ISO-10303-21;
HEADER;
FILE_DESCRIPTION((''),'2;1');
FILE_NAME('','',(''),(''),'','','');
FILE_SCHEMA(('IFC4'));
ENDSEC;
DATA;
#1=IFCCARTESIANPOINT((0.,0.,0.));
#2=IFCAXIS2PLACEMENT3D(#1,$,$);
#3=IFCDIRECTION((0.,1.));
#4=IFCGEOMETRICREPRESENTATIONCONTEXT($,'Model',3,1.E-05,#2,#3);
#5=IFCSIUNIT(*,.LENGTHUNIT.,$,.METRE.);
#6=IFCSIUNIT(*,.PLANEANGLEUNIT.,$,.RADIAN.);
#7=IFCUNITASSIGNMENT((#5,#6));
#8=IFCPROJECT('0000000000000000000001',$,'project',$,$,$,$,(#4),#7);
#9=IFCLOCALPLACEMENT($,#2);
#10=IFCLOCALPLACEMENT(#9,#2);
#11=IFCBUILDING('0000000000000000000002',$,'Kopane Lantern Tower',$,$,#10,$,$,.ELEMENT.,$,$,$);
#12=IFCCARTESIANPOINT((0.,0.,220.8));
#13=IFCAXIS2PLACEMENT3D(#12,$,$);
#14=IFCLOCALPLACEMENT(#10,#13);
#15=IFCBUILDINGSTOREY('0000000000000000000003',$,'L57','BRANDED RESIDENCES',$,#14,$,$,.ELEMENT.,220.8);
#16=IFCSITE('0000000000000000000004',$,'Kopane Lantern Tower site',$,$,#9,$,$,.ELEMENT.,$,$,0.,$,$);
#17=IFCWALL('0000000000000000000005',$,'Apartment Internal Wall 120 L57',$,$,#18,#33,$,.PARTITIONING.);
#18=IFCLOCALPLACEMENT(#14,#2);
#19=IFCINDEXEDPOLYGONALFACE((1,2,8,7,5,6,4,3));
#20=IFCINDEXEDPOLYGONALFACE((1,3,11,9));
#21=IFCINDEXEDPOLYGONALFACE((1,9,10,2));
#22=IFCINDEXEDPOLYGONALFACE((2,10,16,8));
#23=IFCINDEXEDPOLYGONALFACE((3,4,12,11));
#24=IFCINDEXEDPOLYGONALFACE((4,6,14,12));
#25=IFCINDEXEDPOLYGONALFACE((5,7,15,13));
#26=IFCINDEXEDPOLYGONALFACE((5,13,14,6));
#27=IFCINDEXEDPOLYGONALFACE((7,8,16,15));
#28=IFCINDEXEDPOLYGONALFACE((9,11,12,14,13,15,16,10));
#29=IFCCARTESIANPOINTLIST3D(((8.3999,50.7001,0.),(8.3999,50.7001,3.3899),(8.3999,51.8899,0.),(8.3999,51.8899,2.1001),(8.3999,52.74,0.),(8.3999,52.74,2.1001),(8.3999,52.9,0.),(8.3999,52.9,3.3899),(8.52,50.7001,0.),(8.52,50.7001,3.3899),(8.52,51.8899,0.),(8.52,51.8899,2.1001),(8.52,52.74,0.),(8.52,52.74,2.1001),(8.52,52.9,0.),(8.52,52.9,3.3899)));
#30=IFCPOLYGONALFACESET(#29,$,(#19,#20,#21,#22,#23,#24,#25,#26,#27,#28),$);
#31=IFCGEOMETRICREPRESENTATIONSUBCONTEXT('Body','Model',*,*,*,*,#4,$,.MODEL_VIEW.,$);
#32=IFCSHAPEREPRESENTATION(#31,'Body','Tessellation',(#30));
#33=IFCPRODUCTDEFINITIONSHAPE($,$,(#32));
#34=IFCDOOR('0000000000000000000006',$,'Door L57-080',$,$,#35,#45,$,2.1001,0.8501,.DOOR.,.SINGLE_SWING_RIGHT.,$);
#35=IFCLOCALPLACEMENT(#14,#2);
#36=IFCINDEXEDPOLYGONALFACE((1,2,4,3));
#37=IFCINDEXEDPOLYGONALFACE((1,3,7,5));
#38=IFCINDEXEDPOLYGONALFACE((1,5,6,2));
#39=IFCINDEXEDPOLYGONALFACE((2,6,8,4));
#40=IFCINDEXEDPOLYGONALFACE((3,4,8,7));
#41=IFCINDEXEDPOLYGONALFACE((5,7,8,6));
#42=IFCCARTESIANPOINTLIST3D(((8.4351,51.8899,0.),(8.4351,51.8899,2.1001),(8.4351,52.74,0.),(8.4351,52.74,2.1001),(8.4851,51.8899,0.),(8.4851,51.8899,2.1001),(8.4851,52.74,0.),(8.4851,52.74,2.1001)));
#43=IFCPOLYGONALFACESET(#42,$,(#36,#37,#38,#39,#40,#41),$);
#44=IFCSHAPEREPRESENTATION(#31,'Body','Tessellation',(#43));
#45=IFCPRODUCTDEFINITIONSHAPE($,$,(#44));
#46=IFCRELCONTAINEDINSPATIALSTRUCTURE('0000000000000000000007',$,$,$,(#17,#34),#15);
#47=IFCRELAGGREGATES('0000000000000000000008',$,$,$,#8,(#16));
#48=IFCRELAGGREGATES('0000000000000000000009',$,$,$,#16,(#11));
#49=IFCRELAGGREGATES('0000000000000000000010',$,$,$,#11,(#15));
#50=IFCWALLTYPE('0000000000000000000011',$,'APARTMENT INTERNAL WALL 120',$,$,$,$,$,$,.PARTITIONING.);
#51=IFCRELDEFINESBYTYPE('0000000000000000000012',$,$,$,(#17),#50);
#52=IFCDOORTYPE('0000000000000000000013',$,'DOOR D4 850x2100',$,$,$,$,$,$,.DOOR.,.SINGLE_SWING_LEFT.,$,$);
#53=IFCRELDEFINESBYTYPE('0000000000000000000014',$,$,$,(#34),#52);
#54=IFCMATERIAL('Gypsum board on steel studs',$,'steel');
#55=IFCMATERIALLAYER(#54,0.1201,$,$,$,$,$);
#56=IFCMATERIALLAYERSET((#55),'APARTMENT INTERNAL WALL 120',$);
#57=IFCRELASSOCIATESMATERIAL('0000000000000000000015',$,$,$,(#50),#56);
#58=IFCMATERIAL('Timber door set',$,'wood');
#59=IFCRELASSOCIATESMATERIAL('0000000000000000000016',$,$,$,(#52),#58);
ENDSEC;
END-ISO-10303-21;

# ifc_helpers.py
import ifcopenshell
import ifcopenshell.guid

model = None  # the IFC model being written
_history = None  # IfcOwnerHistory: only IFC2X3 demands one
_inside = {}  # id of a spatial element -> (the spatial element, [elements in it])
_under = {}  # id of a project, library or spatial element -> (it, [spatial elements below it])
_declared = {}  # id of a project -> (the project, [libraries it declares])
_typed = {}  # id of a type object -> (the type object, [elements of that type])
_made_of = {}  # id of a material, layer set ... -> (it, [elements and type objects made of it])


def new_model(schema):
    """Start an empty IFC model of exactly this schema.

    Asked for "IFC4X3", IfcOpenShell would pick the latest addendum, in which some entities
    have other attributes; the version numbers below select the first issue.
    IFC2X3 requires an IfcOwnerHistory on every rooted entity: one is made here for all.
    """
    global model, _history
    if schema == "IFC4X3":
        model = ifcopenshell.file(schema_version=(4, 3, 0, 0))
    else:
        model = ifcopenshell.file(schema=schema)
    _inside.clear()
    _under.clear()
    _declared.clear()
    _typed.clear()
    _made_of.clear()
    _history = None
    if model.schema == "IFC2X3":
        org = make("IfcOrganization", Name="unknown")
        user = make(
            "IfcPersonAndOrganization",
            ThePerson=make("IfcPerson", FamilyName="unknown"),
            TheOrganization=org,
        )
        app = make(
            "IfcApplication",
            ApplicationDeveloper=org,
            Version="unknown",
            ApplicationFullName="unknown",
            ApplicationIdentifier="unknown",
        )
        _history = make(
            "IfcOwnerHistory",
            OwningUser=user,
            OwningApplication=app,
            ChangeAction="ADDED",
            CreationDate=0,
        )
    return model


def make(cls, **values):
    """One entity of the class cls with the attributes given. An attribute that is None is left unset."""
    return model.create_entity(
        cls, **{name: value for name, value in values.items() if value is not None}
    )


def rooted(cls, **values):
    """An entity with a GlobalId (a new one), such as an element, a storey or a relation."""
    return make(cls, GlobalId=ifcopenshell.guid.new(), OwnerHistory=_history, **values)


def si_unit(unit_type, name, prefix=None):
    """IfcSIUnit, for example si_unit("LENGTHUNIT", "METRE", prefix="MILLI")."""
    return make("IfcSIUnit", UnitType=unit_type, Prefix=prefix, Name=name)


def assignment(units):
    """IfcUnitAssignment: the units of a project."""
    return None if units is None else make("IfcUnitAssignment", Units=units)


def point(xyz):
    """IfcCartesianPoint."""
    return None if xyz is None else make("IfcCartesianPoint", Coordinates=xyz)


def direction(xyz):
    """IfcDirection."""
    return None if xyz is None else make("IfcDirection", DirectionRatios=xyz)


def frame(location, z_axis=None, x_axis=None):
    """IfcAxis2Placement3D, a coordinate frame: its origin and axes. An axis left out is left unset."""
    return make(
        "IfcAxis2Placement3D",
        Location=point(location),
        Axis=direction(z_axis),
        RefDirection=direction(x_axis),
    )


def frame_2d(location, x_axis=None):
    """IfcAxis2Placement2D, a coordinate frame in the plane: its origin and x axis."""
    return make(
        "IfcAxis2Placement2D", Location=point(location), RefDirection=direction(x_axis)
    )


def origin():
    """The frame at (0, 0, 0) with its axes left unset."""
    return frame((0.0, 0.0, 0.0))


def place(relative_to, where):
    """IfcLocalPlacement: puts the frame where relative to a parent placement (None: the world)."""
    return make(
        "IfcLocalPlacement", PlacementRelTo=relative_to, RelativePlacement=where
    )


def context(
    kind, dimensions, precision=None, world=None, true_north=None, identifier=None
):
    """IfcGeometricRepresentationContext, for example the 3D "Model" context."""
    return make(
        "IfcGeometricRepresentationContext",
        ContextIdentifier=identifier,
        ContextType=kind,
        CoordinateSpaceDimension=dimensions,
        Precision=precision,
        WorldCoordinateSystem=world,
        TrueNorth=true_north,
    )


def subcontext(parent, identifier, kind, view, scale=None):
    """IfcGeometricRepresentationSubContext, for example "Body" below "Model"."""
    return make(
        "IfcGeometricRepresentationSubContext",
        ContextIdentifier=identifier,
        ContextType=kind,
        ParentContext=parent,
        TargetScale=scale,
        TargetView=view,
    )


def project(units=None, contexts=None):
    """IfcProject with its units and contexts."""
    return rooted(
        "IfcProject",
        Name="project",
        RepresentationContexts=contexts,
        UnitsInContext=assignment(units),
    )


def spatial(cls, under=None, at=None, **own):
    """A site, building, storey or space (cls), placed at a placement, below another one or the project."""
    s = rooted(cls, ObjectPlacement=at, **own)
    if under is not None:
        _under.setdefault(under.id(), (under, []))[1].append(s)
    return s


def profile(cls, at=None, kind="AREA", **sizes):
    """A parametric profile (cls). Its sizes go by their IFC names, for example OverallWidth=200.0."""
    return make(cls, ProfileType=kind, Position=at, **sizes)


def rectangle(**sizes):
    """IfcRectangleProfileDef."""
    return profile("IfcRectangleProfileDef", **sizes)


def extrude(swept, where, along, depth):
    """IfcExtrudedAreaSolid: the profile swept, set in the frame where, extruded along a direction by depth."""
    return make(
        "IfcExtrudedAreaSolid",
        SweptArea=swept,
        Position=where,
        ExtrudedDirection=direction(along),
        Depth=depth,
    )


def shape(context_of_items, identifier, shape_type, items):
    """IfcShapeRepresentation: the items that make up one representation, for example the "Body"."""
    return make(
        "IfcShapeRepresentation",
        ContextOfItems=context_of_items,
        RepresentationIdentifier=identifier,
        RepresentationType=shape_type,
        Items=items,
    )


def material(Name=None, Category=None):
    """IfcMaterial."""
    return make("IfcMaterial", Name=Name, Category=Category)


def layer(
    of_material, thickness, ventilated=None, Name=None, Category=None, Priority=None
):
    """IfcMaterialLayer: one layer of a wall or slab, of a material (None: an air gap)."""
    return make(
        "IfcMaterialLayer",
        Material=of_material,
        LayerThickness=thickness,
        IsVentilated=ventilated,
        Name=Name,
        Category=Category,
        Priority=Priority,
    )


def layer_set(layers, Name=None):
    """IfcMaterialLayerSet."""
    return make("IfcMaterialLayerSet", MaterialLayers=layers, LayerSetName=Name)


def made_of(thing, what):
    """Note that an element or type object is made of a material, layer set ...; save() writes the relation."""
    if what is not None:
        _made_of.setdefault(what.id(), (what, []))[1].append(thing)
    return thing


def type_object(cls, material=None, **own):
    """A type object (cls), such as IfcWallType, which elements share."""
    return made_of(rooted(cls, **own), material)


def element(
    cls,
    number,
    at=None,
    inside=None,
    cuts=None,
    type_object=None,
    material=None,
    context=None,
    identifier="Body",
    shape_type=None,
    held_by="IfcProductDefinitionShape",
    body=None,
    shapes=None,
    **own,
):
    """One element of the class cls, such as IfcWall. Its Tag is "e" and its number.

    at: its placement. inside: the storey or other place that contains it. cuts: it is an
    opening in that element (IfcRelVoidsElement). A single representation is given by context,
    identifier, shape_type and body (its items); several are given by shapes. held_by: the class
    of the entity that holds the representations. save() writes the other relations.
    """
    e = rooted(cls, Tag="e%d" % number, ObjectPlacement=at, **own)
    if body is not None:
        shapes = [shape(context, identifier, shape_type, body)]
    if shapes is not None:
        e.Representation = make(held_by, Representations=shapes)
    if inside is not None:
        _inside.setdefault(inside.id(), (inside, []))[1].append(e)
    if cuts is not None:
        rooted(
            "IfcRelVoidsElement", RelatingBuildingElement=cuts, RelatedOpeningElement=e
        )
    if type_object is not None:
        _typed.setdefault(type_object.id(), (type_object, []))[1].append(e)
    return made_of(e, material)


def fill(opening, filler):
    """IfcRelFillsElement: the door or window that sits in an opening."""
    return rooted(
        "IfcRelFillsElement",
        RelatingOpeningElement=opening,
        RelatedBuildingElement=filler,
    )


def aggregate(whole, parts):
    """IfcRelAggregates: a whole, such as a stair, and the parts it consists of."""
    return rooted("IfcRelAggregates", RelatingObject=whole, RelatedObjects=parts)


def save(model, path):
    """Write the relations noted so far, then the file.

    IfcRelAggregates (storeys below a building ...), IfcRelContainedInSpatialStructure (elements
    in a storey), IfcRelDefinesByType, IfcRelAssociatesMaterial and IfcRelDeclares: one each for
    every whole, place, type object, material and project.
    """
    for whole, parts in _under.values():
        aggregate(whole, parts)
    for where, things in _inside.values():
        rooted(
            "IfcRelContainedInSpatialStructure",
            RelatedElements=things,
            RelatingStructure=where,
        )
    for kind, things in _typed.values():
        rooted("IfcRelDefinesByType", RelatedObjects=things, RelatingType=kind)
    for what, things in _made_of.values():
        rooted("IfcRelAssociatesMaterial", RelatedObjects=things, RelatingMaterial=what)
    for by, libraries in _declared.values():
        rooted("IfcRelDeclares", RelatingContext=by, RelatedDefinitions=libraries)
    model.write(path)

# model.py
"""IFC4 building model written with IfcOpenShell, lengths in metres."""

from ifc_helpers import new_model, si_unit, direction, frame, frame_2d, origin, place, context, subcontext, project, spatial, rectangle, extrude, material, layer, layer_set, type_object, element, fill, save


model = new_model("IFC4")

# Units and contexts
model_context = context("Model", 3, precision=1e-05, world=origin(), true_north=direction((0.0, 1.0)))
body_context = subcontext(model_context, "Body", "Model", "MODEL_VIEW")
ifc_project = project(units=[si_unit("LENGTHUNIT", "METRE"), si_unit("PLANEANGLEUNIT", "RADIAN")], contexts=[model_context])

# Site, building, storey
site_placement = place(None, origin())
site = spatial("IfcSite", under=ifc_project, at=site_placement, Name="Kopane Lantern Tower site", CompositionType="ELEMENT", RefElevation=0.0)
building_placement = place(site_placement, origin())
building = spatial("IfcBuilding", under=site, at=building_placement, Name="Kopane Lantern Tower", CompositionType="ELEMENT")
storey_placement = place(building_placement, frame((0.0, 0.0, 220.8)))
storey = spatial("IfcBuildingStorey", under=building, at=storey_placement, Name="L57", Description="BRANDED RESIDENCES", CompositionType="ELEMENT", Elevation=220.8)

# Shared definitions
ifc_material_1 = material(Name="Gypsum board on steel studs", Category="steel")
ifc_layer = layer(ifc_material_1, 0.1201)
ifc_layer_set = layer_set([ifc_layer], Name="APARTMENT INTERNAL WALL 120")
wall_type = type_object("IfcWallType", Name="APARTMENT INTERNAL WALL 120", PredefinedType="PARTITIONING", material=ifc_layer_set)
ifc_material_2 = material(Name="Timber door set", Category="wood")
door_type = type_object("IfcDoorType", Name="DOOR D4 850x2100", OperationType="SINGLE_SWING_LEFT", PredefinedType="DOOR", material=ifc_material_2)

# Wall, opening, door
wall_1_placement = place(storey_placement, frame((8.46, 50.7, 0.0), z_axis=(0.0, 0.0, 1.0), x_axis=(0.0, 1.0, 0.0)))
wall_1 = element("IfcWall", 1, at=wall_1_placement, inside=storey, type_object=wall_type, Name="Apartment Internal Wall 120 L57", PredefinedType="PARTITIONING", context=body_context, shape_type="SweptSolid", body=[
    extrude(rectangle(XDim=2.2, YDim=0.1201, at=frame_2d((1.1001, 0.0))), origin(), (0.0, 0.0, 1.0), 3.3899),
])
opening_1_placement = place(wall_1_placement, frame((1.1899, 0.0, 0.0)))
opening_1 = element("IfcOpeningElement", 2, at=opening_1_placement, cuts=wall_1, PredefinedType="OPENING", context=body_context, shape_type="SweptSolid", body=[
    extrude(rectangle(XDim=0.8501, YDim=2.1001, at=frame_2d((0.425, 1.05))), frame((0.0, 0.0701, 0.0), z_axis=(0.0, -1.0, 0.0), x_axis=(1.0, 0.0, 0.0)), (0.0, 0.0, 1.0), 0.1401),
])
door_1_placement = place(opening_1_placement, origin())
door_1 = element("IfcDoor", 3, at=door_1_placement, inside=storey, type_object=door_type, Name="Door L57-080", OperationType="SINGLE_SWING_RIGHT", OverallHeight=2.1001, OverallWidth=0.8501, PredefinedType="DOOR", context=body_context, shape_type="SweptSolid", body=[
    extrude(rectangle(XDim=0.8501, YDim=2.1001, at=frame_2d((0.425, 1.05))), frame((0.0, 0.0249, 0.0), z_axis=(0.0, -1.0, 0.0), x_axis=(1.0, 0.0, 0.0)), (0.0, 0.0, 1.0), 0.05),
])
fill(opening_1, door_1)

save(model, "model.ifc")
